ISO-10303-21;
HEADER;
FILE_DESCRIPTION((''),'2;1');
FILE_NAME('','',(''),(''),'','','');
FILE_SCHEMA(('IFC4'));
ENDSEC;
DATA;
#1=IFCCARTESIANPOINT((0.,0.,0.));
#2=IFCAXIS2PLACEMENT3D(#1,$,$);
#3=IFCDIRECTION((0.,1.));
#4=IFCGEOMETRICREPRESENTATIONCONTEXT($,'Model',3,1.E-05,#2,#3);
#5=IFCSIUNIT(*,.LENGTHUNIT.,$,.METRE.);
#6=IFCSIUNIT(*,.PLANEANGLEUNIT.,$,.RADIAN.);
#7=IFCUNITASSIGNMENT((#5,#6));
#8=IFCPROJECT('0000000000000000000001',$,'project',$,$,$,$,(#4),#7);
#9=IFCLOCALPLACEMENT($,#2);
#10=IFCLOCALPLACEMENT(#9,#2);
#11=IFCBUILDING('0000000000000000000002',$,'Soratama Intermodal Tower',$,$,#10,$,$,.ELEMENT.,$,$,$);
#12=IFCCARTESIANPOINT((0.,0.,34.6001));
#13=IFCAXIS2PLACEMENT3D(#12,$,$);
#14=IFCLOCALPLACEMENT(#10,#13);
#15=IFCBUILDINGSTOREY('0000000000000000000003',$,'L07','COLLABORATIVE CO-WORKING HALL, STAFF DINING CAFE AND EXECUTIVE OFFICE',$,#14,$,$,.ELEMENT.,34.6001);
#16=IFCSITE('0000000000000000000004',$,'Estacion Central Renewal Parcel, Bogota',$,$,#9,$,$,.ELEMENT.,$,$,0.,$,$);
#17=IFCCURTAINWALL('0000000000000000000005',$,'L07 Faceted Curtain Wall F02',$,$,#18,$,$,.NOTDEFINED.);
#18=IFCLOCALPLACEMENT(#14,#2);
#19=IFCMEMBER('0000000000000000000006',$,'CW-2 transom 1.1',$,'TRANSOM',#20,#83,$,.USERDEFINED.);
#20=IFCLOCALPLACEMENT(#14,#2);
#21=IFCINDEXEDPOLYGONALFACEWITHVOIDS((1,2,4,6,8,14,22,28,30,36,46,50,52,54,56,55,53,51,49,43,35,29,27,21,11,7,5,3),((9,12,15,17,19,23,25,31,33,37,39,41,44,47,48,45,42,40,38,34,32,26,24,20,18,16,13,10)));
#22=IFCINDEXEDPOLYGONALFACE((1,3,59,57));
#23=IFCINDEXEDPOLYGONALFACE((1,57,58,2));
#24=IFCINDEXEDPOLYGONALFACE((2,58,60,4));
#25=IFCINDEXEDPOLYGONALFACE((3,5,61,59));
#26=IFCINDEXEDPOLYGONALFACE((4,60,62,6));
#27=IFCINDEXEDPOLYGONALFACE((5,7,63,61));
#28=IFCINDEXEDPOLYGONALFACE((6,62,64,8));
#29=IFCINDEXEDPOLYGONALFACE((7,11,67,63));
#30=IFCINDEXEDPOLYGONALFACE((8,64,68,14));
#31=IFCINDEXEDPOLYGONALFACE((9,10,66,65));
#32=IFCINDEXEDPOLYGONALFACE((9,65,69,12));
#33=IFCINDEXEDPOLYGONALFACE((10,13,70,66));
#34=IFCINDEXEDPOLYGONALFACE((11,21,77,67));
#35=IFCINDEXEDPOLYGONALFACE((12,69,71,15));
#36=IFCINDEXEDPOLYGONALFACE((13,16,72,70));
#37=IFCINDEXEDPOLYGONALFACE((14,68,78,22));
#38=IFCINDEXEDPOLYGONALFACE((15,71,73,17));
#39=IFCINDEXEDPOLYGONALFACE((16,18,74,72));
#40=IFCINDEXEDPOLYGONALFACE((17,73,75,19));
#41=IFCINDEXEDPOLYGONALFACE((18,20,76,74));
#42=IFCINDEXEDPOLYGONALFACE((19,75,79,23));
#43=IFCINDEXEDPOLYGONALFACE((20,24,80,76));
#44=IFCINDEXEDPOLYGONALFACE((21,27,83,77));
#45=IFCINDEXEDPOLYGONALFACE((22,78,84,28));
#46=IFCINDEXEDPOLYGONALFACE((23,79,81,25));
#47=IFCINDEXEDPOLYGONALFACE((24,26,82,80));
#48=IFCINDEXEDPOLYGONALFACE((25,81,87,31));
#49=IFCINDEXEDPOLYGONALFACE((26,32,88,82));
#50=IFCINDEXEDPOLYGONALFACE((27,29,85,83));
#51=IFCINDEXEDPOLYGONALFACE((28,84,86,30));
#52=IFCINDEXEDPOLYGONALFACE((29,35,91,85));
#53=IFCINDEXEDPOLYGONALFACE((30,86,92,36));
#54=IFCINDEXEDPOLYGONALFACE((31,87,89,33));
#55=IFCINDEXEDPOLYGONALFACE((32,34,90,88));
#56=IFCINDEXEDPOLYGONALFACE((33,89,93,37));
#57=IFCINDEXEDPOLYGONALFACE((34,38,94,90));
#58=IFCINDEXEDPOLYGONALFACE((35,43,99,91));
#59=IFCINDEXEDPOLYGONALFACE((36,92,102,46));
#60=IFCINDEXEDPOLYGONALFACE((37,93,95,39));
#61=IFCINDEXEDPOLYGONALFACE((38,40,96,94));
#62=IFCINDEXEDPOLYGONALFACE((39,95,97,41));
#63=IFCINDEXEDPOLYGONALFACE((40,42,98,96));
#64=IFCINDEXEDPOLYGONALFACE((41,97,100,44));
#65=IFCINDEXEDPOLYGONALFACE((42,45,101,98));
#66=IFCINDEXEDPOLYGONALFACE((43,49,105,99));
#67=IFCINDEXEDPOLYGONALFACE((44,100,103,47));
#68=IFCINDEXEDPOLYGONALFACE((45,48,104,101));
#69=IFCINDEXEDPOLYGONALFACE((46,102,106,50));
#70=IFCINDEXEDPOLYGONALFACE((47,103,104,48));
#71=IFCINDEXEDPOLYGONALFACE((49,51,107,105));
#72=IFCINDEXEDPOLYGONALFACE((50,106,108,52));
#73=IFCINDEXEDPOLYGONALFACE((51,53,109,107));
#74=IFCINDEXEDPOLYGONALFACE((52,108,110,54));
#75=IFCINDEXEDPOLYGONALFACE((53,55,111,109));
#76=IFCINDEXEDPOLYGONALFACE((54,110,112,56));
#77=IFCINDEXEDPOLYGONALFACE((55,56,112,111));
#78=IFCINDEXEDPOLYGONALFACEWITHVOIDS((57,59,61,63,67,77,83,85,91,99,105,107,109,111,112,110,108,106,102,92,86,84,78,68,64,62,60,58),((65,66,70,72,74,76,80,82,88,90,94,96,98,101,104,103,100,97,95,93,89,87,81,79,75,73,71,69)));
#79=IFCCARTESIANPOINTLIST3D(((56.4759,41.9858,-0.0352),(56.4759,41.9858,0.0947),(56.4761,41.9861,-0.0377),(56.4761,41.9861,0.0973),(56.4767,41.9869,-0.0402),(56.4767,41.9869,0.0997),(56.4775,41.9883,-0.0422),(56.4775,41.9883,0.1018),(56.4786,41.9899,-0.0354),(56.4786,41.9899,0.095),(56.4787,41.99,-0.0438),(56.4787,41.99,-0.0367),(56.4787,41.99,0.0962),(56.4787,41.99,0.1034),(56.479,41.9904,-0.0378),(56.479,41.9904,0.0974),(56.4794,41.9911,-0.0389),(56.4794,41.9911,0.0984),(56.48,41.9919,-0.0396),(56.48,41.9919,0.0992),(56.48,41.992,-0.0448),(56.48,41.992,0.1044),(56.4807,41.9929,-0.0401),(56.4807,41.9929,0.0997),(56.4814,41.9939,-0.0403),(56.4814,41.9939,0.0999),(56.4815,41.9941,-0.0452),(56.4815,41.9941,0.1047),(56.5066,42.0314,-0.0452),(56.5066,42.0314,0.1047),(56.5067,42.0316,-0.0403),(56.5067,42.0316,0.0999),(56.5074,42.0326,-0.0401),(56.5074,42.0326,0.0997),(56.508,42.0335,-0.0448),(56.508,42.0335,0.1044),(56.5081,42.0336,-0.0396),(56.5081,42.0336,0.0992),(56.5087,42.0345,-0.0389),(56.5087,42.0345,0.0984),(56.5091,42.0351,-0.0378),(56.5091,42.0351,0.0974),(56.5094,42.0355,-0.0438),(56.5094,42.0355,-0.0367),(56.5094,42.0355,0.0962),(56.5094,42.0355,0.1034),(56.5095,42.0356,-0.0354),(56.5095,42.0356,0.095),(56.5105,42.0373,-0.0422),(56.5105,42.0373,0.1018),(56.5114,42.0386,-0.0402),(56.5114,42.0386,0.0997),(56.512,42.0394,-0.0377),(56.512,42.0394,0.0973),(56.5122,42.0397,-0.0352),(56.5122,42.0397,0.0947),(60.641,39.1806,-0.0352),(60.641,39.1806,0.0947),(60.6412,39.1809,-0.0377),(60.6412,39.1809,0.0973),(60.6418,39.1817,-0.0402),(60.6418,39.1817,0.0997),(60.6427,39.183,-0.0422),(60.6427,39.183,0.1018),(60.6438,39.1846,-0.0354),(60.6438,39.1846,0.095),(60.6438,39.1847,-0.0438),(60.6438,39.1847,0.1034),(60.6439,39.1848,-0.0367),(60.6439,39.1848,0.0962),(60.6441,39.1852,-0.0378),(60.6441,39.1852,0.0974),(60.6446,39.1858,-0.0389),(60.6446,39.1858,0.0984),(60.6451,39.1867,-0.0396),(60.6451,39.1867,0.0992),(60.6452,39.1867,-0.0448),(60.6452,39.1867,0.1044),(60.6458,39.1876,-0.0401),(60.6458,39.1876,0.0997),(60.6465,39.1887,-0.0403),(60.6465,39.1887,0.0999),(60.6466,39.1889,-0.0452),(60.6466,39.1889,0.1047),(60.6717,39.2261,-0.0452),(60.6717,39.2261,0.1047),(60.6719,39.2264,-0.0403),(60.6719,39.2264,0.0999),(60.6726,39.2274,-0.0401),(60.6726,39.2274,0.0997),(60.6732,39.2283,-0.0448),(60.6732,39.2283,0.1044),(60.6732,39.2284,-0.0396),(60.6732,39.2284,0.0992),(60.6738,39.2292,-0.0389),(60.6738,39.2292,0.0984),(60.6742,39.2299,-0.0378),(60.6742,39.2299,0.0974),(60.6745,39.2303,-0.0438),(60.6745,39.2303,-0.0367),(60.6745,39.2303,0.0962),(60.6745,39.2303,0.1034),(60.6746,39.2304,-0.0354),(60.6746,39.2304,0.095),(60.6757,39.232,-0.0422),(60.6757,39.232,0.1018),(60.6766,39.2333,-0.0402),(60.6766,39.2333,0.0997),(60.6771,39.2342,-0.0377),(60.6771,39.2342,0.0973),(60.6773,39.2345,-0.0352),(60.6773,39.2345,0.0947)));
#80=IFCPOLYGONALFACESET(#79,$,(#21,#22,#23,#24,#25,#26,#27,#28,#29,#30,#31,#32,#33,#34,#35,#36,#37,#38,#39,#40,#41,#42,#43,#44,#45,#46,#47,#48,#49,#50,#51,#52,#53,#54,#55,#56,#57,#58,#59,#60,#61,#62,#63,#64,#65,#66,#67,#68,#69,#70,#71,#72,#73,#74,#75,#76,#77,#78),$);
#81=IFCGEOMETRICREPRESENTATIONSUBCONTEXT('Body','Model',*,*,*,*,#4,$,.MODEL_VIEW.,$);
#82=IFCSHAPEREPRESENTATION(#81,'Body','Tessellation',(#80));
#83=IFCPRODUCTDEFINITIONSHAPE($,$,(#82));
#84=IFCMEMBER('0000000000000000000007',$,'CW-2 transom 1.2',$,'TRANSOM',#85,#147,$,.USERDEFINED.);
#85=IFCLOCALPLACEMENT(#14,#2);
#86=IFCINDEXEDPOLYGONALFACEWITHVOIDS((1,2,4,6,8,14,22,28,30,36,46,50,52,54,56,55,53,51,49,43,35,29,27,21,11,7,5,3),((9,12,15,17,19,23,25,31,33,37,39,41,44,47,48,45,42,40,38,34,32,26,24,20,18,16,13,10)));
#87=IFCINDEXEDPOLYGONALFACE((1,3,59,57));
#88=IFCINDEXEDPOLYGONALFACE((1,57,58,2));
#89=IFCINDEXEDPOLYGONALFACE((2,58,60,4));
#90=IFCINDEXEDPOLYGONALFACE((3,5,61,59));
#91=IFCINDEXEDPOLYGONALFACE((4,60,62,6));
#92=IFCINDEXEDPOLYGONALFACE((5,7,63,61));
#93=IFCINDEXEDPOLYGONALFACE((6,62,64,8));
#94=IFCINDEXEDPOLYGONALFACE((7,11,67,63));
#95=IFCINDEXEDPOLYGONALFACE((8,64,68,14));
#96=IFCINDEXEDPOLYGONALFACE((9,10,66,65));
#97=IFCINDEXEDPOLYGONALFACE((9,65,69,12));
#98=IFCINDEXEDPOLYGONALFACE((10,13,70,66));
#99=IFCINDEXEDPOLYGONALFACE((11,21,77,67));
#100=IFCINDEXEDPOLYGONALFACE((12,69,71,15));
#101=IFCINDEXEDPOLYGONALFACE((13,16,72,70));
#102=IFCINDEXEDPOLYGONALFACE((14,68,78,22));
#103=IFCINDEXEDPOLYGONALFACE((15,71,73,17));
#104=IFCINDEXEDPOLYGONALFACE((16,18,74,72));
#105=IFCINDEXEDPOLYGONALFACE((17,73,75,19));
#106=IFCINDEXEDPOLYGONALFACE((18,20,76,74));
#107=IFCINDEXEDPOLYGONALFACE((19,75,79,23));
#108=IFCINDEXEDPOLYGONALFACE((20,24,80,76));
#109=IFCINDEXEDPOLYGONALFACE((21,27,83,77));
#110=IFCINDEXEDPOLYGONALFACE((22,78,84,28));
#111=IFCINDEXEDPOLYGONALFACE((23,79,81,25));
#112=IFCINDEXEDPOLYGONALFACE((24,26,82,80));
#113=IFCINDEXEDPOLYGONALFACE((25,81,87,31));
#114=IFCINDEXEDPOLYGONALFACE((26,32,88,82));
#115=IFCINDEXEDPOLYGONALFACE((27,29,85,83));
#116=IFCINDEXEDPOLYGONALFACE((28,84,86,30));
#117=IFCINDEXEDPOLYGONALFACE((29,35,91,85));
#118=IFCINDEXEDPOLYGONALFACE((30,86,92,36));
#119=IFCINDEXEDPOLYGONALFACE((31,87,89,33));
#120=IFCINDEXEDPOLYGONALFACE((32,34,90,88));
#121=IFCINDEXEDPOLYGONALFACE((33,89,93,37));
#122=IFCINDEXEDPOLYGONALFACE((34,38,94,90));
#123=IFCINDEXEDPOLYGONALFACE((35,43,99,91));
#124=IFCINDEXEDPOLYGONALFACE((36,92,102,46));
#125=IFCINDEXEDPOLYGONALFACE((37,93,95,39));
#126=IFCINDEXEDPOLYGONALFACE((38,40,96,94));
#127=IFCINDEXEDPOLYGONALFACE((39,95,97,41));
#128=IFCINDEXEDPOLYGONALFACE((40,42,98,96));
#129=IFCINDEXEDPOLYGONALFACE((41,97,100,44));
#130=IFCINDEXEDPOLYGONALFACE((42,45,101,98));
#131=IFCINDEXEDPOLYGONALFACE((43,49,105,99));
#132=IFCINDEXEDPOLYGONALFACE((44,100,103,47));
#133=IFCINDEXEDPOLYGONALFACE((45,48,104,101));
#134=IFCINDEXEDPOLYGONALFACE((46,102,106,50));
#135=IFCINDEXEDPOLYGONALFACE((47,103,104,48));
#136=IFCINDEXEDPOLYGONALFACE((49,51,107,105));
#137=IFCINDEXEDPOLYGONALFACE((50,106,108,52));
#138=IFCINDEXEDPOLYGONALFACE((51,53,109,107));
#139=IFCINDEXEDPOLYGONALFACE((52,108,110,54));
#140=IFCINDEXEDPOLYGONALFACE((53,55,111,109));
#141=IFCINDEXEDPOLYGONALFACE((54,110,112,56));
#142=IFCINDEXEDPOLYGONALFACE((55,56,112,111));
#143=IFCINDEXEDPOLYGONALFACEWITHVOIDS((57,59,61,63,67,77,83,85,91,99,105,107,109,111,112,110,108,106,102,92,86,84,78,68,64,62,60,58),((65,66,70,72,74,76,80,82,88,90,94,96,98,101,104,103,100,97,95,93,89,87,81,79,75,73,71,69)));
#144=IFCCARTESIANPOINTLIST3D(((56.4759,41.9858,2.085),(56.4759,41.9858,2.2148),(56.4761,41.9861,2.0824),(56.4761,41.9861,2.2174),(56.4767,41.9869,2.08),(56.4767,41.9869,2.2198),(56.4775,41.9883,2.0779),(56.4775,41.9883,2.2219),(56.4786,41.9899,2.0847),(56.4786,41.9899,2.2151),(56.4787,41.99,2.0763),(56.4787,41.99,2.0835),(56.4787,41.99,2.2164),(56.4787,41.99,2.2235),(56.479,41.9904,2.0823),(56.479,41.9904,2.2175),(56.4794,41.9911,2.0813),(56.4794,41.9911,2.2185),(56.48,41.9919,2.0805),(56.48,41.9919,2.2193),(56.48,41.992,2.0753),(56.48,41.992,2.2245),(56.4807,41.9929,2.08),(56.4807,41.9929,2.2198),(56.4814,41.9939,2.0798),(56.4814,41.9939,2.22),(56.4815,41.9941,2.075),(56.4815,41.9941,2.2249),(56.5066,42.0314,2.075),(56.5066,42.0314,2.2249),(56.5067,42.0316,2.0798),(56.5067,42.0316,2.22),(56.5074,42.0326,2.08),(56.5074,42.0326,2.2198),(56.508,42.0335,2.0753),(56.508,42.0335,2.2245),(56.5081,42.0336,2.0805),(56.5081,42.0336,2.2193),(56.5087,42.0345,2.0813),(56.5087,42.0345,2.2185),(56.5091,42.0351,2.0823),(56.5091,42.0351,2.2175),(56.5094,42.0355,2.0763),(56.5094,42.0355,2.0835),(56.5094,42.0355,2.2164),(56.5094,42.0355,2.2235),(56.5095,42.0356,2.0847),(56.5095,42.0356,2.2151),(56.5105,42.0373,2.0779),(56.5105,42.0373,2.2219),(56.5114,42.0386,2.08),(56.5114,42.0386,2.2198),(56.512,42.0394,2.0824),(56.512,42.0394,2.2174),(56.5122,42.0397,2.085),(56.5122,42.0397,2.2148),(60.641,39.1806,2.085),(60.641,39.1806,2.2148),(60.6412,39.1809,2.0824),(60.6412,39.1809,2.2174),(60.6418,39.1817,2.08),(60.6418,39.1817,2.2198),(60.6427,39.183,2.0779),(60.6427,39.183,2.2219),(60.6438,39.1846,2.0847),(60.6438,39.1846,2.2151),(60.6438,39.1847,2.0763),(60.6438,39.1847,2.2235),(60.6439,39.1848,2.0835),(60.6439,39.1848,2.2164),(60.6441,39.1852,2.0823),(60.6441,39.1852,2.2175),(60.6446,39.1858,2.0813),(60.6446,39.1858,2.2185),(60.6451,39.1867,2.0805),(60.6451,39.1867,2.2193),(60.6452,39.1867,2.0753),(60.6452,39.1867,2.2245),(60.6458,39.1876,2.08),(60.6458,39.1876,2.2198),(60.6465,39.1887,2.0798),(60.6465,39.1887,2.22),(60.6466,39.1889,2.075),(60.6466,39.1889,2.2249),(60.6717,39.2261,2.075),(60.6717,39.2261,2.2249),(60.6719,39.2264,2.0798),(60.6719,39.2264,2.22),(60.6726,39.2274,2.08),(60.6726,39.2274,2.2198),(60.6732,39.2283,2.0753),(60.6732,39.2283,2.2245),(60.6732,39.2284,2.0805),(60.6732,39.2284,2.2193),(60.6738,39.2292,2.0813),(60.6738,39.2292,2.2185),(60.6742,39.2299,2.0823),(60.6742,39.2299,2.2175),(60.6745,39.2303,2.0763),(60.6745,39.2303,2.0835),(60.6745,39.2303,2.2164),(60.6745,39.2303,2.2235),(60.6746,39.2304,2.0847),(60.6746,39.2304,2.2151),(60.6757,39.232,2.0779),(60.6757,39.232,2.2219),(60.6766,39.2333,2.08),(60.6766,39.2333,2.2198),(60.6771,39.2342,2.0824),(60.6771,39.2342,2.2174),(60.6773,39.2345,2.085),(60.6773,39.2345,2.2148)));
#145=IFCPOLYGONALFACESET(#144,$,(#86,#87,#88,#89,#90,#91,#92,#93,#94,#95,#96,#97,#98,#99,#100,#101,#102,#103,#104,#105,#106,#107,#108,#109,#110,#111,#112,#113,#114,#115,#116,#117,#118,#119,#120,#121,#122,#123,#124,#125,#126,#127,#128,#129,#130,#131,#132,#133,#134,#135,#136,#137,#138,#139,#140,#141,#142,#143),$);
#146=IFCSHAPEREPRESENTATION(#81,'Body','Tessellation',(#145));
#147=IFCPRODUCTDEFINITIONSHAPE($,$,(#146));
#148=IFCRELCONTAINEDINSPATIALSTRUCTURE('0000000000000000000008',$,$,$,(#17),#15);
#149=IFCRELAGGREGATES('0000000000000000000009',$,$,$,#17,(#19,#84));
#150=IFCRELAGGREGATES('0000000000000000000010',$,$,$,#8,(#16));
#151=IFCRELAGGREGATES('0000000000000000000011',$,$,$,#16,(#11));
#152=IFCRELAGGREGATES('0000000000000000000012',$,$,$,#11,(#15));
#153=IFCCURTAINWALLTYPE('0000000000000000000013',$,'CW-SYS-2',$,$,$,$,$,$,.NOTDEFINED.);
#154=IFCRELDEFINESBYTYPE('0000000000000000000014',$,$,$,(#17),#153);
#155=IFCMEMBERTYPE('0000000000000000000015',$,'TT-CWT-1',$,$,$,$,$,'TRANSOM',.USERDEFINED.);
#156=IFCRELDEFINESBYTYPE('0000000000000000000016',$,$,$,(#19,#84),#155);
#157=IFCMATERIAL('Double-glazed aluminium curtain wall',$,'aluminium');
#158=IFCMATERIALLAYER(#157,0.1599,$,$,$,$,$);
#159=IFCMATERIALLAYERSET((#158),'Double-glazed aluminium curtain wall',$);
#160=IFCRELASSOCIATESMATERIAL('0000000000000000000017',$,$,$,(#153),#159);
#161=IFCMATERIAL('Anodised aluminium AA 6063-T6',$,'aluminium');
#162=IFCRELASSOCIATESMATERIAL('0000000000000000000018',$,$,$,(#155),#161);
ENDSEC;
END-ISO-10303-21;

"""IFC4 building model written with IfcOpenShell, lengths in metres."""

from ifc_helpers import new_model, si_unit, direction, frame, origin, origin_2d, place, context, subcontext, project, spatial, hollow_rectangle, extrude, material, layer, layer_set, material_profile, profile_set, type_object, element, aggregate, save


model = new_model("IFC4")

# Units and contexts
model_context = context("Model", 3, precision=1e-05, world=origin(), true_north=direction((0.0, 1.0)))
body_context = subcontext(model_context, "Body", "Model", "MODEL_VIEW")
ifc_project = project(units=[si_unit("LENGTHUNIT", "METRE"), si_unit("PLANEANGLEUNIT", "RADIAN")], contexts=[model_context])

# Site, building, storey
site_placement = place(None, origin())
site = spatial("IfcSite", under=ifc_project, at=site_placement, Name="Estacion Central Renewal Parcel, Bogota", CompositionType="ELEMENT", RefElevation=0.0)
building_placement = place(site_placement, origin())
building = spatial("IfcBuilding", under=site, at=building_placement, Name="Soratama Intermodal Tower", CompositionType="ELEMENT")
storey_placement = place(building_placement, frame((0.0, 0.0, 34.6001)))
storey = spatial("IfcBuildingStorey", under=building, at=storey_placement, Name="L07", Description="COLLABORATIVE CO-WORKING HALL, STAFF DINING CAFE AND EXECUTIVE OFFICE", CompositionType="ELEMENT", Elevation=34.6001)

# Curtain wall, members
ifc_material_1 = material(Name="Double-glazed aluminium curtain wall", Category="aluminium")
ifc_layer_1 = layer(ifc_material_1, 0.1599)
ifc_layer_set_1 = layer_set([ifc_layer_1], Name="Double-glazed aluminium curtain wall")
curtain_wall_type = type_object("IfcCurtainWallType", Name="CW-SYS-2", PredefinedType="NOTDEFINED", material=ifc_layer_set_1)
curtain_wall_placement = place(storey_placement, origin())
curtain_wall = element("IfcCurtainWall", 1, at=curtain_wall_placement, inside=storey, type_object=curtain_wall_type, Name="L07 Faceted Curtain Wall F02", PredefinedType="NOTDEFINED")
ifc_material_2 = material(Name="Anodised aluminium AA 6063-T6", Category="aluminium")
ifc_material_profile_1 = material_profile(ifc_material_2, hollow_rectangle(XDim=0.0649, YDim=0.1499, WallThickness=0.0049, InnerFilletRadius=0.0049, OuterFilletRadius=0.01, at=origin_2d()), Name="CWT150X65X5")
ifc_profile_set_1 = profile_set([ifc_material_profile_1], Name="Anodised aluminium AA 6063-T6")
member_type_1 = type_object("IfcMemberType", Name="TT-CWT-1", ElementType="TRANSOM", PredefinedType="USERDEFINED", material=ifc_profile_set_1)
member_1_placement = place(storey_placement, frame((60.6592, 39.2075, 0.0298), z_axis=(-0.829423, 0.558621, 0.0), x_axis=(-0.558621, -0.829423, 0.0)))
member_1 = element("IfcMember", 2, at=member_1_placement, type_object=member_type_1, Name="CW-2 transom 1.1", ObjectType="TRANSOM", PredefinedType="USERDEFINED", context=body_context, shape_type="SweptSolid", body=[
    extrude(hollow_rectangle(XDim=0.0649, YDim=0.1499, WallThickness=0.0049, InnerFilletRadius=0.0049, OuterFilletRadius=0.01, at=origin_2d()), origin(), (0.0, 0.0, 1.0), 5.0217),
])
member_2_placement = place(storey_placement, frame((60.6592, 39.2075, 2.1499), z_axis=(-0.829423, 0.558621, 0.0), x_axis=(-0.558621, -0.829423, 0.0)))
member_2 = element("IfcMember", 3, at=member_2_placement, type_object=member_type_1, Name="CW-2 transom 1.2", ObjectType="TRANSOM", PredefinedType="USERDEFINED", context=body_context, shape_type="SweptSolid", body=[
    extrude(hollow_rectangle(XDim=0.0649, YDim=0.1499, WallThickness=0.0049, InnerFilletRadius=0.0049, OuterFilletRadius=0.01, at=origin_2d()), origin(), (0.0, 0.0, 1.0), 5.0217),
])
aggregate(curtain_wall, [member_1, member_2])

save(model, "model.ifc")
